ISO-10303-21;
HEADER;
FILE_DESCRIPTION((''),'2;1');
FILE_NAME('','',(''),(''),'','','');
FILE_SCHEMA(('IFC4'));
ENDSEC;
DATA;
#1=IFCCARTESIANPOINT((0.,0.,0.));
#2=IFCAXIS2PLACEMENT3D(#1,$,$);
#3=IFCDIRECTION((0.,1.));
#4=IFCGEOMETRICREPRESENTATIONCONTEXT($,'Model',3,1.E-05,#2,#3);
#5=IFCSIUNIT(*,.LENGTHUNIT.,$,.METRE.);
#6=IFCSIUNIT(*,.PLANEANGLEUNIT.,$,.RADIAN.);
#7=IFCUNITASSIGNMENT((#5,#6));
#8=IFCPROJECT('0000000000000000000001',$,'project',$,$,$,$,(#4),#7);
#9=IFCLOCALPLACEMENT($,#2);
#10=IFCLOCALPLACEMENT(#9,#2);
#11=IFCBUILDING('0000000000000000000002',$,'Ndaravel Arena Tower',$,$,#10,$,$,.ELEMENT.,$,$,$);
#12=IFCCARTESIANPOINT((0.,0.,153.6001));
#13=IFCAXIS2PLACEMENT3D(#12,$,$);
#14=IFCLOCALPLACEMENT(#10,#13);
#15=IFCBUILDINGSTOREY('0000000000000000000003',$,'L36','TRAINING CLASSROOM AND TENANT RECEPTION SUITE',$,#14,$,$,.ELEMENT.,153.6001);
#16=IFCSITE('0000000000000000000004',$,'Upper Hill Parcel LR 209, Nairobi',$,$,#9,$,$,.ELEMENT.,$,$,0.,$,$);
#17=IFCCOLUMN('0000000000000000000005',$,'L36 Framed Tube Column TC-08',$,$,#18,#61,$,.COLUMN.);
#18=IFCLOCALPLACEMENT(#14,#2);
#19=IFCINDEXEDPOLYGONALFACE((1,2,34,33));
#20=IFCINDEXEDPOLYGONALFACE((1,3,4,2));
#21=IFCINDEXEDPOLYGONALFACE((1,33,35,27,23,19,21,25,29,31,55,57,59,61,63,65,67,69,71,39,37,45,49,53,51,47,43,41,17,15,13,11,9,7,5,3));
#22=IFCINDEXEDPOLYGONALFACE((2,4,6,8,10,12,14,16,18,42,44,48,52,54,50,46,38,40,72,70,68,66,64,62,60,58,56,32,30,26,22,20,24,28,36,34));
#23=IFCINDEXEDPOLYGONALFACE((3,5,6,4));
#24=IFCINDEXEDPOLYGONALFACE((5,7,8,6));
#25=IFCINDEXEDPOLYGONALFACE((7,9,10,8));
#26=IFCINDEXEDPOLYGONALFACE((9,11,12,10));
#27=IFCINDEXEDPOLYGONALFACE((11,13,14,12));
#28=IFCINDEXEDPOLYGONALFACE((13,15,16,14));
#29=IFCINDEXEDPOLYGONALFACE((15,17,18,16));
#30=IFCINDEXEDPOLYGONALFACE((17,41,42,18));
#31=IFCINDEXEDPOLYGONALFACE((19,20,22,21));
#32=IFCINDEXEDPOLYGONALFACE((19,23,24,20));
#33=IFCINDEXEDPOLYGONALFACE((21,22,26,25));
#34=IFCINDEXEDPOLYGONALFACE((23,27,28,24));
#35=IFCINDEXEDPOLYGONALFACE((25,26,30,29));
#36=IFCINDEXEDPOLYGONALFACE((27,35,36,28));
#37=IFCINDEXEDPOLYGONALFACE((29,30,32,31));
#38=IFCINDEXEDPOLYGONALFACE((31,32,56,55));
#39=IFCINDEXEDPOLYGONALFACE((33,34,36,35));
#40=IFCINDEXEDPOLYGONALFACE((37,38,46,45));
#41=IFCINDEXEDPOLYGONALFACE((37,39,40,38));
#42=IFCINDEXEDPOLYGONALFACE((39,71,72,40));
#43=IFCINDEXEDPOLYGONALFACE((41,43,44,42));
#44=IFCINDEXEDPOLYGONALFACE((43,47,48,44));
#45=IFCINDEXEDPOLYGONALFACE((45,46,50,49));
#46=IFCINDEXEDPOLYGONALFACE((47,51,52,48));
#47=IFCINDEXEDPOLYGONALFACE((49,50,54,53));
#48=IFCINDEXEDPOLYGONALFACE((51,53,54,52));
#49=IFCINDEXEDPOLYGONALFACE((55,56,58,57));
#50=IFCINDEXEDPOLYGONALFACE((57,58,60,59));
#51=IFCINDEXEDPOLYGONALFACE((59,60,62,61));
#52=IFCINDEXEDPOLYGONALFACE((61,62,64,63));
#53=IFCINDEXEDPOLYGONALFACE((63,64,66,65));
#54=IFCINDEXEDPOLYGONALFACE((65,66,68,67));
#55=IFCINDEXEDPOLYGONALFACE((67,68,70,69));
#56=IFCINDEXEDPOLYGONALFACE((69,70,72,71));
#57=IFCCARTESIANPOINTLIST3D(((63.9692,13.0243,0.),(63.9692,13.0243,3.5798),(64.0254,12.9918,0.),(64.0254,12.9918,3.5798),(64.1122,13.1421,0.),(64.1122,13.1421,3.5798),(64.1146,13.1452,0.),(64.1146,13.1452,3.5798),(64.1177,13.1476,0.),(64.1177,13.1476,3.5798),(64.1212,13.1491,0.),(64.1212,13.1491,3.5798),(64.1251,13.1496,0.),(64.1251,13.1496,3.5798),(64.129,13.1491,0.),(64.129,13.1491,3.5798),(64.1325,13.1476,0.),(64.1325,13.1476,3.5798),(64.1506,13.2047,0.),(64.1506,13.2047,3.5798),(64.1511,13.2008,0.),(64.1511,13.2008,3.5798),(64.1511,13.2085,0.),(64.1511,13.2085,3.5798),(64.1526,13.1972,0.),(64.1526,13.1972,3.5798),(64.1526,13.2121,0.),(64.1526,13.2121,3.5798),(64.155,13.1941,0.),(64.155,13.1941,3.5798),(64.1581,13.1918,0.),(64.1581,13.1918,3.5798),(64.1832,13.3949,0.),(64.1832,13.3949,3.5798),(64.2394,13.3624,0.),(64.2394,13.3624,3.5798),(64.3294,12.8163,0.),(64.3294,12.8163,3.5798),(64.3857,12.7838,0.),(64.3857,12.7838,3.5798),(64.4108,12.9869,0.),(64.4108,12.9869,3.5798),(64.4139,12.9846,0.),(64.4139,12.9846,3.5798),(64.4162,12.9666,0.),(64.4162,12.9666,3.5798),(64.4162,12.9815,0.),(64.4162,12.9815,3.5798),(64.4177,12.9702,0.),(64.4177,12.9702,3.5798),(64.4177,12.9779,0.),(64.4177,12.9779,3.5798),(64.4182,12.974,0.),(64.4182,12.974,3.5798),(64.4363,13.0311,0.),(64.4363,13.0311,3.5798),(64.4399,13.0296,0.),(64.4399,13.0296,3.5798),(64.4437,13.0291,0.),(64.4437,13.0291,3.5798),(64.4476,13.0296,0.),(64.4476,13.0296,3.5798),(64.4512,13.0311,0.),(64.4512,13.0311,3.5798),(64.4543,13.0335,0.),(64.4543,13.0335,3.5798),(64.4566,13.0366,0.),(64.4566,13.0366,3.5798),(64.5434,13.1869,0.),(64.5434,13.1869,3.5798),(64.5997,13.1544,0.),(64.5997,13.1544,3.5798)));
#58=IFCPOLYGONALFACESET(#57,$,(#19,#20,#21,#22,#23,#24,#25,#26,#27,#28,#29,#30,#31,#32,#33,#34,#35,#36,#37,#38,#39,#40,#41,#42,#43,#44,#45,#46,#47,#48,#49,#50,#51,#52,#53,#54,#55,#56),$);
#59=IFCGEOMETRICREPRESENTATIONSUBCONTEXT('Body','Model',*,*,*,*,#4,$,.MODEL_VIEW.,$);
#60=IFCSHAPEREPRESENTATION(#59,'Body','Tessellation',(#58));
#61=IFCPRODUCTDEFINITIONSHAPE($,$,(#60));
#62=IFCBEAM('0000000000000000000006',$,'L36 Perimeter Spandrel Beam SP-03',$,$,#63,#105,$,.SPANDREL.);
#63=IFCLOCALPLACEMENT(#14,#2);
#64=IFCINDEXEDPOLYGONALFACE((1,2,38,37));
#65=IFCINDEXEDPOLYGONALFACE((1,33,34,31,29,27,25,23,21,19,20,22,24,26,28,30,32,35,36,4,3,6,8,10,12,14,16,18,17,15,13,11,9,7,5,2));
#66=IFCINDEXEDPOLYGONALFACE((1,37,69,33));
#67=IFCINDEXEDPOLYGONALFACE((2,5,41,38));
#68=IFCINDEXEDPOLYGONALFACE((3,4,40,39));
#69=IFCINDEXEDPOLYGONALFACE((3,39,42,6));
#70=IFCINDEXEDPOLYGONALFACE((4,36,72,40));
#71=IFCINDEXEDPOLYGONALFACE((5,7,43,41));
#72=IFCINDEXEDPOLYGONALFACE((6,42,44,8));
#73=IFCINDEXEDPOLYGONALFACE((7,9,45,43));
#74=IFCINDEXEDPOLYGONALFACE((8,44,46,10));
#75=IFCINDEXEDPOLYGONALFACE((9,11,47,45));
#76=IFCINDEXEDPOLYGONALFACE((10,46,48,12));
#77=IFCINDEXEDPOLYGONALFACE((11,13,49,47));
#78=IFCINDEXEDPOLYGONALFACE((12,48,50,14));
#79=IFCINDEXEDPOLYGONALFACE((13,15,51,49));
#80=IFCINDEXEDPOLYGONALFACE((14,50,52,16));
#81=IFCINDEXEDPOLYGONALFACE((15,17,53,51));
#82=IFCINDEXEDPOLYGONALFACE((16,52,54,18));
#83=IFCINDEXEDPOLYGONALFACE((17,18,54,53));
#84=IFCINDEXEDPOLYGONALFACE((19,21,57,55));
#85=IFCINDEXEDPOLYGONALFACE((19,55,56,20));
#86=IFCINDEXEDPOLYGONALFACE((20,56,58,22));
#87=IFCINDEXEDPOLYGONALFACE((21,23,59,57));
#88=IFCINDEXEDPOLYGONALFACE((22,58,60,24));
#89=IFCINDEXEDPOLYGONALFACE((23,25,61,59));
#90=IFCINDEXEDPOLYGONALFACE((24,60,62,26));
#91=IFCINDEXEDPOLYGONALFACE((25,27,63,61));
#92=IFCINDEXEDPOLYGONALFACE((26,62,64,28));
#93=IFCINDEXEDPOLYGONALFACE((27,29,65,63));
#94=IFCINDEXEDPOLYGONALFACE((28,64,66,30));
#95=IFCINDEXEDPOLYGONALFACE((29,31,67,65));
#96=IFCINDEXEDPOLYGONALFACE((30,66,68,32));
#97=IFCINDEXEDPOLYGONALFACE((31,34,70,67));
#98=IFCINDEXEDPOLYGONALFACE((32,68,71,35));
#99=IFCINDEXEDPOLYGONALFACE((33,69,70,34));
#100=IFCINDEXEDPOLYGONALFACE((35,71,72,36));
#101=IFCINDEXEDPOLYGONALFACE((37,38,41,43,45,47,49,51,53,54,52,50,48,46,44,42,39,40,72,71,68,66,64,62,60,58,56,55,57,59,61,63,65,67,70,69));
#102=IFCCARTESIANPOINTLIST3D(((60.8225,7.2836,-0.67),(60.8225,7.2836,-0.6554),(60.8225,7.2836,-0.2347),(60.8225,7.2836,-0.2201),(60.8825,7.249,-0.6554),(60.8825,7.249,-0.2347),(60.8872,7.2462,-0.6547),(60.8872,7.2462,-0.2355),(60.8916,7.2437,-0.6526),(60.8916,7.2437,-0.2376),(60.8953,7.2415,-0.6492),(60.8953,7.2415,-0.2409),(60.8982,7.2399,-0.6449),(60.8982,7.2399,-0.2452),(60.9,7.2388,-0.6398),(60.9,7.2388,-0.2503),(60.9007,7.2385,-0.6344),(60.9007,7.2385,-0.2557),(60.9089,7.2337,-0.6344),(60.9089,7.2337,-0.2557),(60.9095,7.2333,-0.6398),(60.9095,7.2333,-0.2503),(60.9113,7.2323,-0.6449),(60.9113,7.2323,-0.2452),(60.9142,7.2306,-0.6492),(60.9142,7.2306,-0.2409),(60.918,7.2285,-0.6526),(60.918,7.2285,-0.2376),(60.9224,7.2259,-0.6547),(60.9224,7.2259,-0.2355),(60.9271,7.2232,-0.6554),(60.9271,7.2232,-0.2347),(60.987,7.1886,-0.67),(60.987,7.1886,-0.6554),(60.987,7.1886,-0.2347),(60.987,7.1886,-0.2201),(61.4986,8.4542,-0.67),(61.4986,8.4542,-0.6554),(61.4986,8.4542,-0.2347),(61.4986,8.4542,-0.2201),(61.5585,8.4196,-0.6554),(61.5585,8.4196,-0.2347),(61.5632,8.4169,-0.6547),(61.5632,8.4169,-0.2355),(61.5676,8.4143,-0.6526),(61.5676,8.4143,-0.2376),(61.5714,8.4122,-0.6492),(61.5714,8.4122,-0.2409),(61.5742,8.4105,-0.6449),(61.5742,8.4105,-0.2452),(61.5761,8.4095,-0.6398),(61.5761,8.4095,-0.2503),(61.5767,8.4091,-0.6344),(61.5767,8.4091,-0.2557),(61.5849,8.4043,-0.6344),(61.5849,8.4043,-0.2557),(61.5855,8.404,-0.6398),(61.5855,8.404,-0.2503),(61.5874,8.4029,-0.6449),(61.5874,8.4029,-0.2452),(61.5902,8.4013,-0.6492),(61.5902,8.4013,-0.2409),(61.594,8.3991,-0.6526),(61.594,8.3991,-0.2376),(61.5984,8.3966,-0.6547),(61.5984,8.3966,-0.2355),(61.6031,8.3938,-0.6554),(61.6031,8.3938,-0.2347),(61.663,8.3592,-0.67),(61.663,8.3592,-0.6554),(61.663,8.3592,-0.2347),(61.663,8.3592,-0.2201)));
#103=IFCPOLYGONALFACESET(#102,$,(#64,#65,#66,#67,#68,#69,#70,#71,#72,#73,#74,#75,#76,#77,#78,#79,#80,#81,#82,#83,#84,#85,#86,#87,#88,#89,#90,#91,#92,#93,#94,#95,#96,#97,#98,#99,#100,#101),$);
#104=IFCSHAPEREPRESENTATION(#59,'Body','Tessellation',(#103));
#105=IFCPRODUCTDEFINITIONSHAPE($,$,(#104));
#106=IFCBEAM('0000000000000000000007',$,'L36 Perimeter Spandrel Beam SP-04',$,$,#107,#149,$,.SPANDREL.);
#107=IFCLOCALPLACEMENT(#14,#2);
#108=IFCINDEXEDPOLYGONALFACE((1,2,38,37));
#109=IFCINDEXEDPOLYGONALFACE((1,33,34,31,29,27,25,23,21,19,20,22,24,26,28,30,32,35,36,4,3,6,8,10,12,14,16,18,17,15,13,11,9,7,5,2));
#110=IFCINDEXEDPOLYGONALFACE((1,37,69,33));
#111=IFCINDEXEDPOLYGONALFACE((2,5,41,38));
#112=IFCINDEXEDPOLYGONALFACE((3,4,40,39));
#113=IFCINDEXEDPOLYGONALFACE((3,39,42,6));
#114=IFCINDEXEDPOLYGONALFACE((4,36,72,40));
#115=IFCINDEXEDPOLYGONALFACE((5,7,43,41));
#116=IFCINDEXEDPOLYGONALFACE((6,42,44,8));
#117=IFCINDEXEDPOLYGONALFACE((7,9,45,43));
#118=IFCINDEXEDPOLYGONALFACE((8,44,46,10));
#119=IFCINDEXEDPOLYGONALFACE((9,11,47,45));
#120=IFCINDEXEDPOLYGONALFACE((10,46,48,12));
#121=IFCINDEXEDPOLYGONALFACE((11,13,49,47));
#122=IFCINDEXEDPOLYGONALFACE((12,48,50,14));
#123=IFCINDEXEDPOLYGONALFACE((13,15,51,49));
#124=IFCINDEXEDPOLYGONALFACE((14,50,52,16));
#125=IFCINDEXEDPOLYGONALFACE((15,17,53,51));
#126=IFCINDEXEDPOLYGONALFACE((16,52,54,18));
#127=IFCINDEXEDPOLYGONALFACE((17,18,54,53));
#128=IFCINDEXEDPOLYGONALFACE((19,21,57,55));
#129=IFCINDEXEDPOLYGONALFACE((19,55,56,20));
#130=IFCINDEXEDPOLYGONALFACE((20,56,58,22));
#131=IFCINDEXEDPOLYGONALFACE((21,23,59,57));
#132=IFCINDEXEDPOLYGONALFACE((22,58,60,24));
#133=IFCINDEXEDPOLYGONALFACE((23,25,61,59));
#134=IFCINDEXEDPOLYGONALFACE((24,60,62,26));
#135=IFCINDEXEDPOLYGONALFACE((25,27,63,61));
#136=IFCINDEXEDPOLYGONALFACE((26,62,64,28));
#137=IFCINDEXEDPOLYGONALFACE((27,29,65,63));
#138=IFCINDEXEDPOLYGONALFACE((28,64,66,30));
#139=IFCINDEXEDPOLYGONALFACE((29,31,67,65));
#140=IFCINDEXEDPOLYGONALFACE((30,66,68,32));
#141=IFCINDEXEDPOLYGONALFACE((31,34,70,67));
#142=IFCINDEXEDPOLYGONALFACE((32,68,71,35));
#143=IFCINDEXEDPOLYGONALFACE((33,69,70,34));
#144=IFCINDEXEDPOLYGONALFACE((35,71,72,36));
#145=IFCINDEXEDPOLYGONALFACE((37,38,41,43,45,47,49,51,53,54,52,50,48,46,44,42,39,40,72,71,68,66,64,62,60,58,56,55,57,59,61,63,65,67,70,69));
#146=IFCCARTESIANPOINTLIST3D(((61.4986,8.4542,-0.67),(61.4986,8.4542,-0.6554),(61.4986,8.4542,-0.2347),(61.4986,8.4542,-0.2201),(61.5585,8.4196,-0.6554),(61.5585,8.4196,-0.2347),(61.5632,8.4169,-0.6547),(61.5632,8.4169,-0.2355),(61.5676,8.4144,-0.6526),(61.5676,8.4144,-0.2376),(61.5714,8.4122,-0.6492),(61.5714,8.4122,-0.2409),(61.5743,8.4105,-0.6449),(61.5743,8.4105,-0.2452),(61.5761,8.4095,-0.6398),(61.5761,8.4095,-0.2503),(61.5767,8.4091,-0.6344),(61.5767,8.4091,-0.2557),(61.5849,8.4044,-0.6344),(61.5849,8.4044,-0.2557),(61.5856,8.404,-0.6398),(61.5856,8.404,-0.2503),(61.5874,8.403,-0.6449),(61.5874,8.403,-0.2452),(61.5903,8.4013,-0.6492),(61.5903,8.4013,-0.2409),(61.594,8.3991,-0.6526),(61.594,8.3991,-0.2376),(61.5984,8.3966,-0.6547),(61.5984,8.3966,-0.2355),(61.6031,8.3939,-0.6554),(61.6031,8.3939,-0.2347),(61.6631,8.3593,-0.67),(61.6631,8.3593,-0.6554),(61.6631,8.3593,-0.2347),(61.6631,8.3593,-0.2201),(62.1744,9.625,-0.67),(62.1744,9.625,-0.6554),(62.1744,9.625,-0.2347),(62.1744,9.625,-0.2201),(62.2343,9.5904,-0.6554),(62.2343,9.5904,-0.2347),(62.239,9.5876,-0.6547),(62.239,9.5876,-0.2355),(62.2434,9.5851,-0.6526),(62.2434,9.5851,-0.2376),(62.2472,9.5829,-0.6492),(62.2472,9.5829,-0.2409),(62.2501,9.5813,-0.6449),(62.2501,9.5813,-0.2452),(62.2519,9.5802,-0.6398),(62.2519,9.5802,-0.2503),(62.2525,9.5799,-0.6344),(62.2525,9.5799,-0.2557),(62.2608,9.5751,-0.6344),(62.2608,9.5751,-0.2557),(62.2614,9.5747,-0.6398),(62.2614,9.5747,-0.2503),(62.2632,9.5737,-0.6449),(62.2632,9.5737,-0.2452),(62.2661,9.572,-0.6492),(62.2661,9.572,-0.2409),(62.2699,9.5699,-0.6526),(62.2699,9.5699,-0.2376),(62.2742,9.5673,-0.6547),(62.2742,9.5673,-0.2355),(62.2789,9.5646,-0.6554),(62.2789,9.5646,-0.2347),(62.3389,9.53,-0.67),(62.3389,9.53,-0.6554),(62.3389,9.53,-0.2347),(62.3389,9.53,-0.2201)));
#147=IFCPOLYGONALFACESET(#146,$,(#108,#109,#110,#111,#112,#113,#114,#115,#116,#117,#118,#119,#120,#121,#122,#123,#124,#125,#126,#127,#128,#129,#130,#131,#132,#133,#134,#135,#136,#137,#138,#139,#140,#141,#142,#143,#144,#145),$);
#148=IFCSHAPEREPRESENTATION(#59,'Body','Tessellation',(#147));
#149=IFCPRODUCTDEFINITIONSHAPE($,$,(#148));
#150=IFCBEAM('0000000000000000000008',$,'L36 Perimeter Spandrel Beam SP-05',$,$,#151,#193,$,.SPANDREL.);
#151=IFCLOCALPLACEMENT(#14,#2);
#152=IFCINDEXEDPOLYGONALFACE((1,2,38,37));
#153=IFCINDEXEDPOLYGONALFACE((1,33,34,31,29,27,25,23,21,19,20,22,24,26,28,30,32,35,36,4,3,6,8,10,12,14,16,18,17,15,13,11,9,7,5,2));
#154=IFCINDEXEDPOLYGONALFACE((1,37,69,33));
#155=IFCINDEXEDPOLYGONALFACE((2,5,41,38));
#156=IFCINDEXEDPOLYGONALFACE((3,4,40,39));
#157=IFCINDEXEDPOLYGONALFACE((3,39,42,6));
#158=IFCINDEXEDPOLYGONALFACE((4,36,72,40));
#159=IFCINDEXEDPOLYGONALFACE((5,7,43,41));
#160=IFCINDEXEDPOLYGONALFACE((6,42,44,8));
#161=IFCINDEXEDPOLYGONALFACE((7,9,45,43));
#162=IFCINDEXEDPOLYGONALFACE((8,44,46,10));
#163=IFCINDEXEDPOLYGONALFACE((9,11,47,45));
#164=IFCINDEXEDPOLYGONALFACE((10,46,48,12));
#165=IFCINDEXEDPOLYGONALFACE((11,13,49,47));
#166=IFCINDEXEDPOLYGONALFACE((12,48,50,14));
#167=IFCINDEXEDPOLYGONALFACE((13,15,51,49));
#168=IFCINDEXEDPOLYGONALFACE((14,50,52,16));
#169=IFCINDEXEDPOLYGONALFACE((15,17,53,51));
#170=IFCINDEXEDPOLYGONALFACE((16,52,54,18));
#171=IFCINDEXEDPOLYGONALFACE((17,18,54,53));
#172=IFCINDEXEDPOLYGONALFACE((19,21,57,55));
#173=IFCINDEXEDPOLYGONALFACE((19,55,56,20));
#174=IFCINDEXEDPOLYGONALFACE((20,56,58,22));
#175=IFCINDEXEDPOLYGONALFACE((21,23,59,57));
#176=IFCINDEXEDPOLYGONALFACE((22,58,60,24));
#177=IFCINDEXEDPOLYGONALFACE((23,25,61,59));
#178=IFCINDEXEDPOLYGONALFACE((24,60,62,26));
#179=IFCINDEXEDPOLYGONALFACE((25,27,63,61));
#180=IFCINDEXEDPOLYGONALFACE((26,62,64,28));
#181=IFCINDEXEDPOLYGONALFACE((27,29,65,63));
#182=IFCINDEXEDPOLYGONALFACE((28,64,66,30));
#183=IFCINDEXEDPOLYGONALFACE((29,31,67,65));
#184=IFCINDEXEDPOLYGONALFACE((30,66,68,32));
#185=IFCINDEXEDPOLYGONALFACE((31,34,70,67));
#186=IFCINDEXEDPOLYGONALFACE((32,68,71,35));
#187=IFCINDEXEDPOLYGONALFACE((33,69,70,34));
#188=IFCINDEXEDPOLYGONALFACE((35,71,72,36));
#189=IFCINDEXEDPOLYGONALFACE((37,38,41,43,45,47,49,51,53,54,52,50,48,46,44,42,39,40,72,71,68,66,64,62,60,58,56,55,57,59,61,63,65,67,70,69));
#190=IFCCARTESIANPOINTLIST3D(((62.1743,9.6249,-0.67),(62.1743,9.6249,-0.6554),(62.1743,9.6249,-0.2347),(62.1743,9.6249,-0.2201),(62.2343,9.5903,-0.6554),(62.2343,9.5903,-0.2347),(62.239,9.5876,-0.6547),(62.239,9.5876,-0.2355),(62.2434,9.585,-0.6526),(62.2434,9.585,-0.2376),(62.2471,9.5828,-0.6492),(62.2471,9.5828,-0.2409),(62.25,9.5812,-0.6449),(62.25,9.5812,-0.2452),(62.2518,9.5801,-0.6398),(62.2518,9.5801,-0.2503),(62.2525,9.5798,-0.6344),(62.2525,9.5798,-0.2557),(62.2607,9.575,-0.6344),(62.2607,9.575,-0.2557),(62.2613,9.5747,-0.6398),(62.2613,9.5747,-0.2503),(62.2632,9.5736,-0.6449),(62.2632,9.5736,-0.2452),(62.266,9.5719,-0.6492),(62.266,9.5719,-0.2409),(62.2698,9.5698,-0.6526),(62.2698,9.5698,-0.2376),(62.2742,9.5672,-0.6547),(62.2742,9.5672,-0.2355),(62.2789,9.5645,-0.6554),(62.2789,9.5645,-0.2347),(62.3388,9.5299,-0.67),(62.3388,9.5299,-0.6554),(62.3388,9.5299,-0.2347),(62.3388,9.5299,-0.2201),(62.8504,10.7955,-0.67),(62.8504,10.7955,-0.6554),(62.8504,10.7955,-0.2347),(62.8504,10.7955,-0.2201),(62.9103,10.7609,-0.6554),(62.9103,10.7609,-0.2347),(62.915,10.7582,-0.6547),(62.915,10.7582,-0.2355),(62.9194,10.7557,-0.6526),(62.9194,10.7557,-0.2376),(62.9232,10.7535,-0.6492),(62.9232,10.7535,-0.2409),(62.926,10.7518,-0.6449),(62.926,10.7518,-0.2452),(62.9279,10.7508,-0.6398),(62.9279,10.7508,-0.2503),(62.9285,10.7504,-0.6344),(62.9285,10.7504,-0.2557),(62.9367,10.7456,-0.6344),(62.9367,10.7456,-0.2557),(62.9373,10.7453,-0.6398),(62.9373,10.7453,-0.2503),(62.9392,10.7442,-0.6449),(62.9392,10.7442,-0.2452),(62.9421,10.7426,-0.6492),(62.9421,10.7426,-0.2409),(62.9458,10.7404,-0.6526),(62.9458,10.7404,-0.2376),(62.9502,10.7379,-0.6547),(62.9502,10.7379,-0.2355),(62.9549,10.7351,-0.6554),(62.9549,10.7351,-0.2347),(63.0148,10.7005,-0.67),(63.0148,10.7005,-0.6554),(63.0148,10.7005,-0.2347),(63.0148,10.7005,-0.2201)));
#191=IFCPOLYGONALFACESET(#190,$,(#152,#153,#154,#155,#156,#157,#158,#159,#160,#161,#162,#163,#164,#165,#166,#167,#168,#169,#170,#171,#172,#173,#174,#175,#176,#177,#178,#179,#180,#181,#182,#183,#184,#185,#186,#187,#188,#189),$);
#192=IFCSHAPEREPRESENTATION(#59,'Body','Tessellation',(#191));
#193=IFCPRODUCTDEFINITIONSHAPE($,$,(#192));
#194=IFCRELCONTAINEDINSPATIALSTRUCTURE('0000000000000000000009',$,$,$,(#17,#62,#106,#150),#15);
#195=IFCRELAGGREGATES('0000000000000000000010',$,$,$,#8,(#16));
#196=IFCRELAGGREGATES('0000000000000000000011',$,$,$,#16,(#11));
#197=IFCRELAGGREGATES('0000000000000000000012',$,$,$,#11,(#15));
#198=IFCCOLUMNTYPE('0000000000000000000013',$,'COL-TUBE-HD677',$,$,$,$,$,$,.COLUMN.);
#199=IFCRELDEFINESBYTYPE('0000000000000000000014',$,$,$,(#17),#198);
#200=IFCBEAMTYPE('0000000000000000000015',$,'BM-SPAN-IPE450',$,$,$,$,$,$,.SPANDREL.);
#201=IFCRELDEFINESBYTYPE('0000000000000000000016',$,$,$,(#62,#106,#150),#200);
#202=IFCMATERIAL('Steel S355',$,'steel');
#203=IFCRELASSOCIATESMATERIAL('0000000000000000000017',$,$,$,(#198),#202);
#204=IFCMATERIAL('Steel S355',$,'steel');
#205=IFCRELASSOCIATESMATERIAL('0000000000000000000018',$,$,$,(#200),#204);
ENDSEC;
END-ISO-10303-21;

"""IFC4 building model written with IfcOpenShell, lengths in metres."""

from ifc_helpers import new_model, si_unit, direction, frame, origin, origin_2d, place, context, subcontext, project, spatial, i_section, extrude, material, material_profile, profile_set, type_object, element, save


model = new_model("IFC4")

# Units and contexts
model_context = context("Model", 3, precision=1e-05, world=origin(), true_north=direction((0.0, 1.0)))
body_context = subcontext(model_context, "Body", "Model", "MODEL_VIEW")
ifc_project = project(units=[si_unit("LENGTHUNIT", "METRE"), si_unit("PLANEANGLEUNIT", "RADIAN")], contexts=[model_context])

# Site, building, storey
site_placement = place(None, origin())
site = spatial("IfcSite", under=ifc_project, at=site_placement, Name="Upper Hill Parcel LR 209, Nairobi", CompositionType="ELEMENT", RefElevation=0.0)
building_placement = place(site_placement, origin())
building = spatial("IfcBuilding", under=site, at=building_placement, Name="Ndaravel Arena Tower", CompositionType="ELEMENT")
storey_placement = place(building_placement, frame((0.0, 0.0, 153.6001)))
storey = spatial("IfcBuildingStorey", under=building, at=storey_placement, Name="L36", Description="TRAINING CLASSROOM AND TENANT RECEPTION SUITE", CompositionType="ELEMENT", Elevation=153.6001)

# Column
ifc_material_1 = material(Name="Steel S355", Category="steel")
ifc_material_profile_1 = material_profile(ifc_material_1, i_section(OverallWidth=0.428, OverallDepth=0.481, WebThickness=0.051, FlangeThickness=0.0649, FilletRadius=0.0149, at=origin_2d()), Name="HD 400x677")
ifc_profile_set_1 = profile_set([ifc_material_profile_1], Name="Steel S355")
column_type = type_object("IfcColumnType", Name="COL-TUBE-HD677", PredefinedType="COLUMN", material=ifc_profile_set_1)
for number, where, z_axis, x_axis, name in (
    (1, (64.2844, 13.0894, 0.0), (0.0, 0.0, 1.0), (0.5, 0.866025, 0.0), "L36 Framed Tube Column TC-08"),
):
    element("IfcColumn", number, at=place(storey_placement, frame(where, z_axis=z_axis, x_axis=x_axis)), inside=storey, type_object=column_type, Name=name, PredefinedType="COLUMN", context=body_context, shape_type="SweptSolid", body=[
        extrude(i_section(OverallWidth=0.428, OverallDepth=0.481, WebThickness=0.051, FlangeThickness=0.0649, FilletRadius=0.0149, at=origin_2d()), origin(), (0.0, 0.0, 1.0), 3.5798),
    ])

# Beams
ifc_material_2 = material(Name="Steel S355", Category="steel")
ifc_material_profile_2 = material_profile(ifc_material_2, i_section(OverallWidth=0.1899, OverallDepth=0.45, WebThickness=0.0095, FlangeThickness=0.0146, FilletRadius=0.021, at=origin_2d()), Name="IPE 450")
ifc_profile_set_2 = profile_set([ifc_material_profile_2], Name="Steel S355")
beam_type = type_object("IfcBeamType", Name="BM-SPAN-IPE450", PredefinedType="SPANDREL", material=ifc_profile_set_2)
for number, where, z_axis, x_axis, name in (
    (2, (60.9048, 7.2361, -0.4451), (0.500082, 0.865978, 0.0), (-0.865978, 0.500082, 0.0), "L36 Perimeter Spandrel Beam SP-03"),
    (3, (61.5808, 8.4067, -0.4451), (0.499947, 0.866056, 0.0), (-0.866056, 0.499947, 0.0), "L36 Perimeter Spandrel Beam SP-04"),
    (4, (62.2566, 9.5774, -0.4451), (0.500082, 0.865978, 0.0), (-0.865978, 0.500082, 0.0), "L36 Perimeter Spandrel Beam SP-05"),
):
    element("IfcBeam", number, at=place(storey_placement, frame(where, z_axis=z_axis, x_axis=x_axis)), inside=storey, type_object=beam_type, Name=name, PredefinedType="SPANDREL", context=body_context, shape_type="SweptSolid", body=[
        extrude(i_section(OverallWidth=0.1899, OverallDepth=0.45, WebThickness=0.0095, FlangeThickness=0.0146, FilletRadius=0.021, at=origin_2d()), origin(), (0.0, 0.0, 1.0), 1.3518),
    ])

save(model, "model.ifc")
